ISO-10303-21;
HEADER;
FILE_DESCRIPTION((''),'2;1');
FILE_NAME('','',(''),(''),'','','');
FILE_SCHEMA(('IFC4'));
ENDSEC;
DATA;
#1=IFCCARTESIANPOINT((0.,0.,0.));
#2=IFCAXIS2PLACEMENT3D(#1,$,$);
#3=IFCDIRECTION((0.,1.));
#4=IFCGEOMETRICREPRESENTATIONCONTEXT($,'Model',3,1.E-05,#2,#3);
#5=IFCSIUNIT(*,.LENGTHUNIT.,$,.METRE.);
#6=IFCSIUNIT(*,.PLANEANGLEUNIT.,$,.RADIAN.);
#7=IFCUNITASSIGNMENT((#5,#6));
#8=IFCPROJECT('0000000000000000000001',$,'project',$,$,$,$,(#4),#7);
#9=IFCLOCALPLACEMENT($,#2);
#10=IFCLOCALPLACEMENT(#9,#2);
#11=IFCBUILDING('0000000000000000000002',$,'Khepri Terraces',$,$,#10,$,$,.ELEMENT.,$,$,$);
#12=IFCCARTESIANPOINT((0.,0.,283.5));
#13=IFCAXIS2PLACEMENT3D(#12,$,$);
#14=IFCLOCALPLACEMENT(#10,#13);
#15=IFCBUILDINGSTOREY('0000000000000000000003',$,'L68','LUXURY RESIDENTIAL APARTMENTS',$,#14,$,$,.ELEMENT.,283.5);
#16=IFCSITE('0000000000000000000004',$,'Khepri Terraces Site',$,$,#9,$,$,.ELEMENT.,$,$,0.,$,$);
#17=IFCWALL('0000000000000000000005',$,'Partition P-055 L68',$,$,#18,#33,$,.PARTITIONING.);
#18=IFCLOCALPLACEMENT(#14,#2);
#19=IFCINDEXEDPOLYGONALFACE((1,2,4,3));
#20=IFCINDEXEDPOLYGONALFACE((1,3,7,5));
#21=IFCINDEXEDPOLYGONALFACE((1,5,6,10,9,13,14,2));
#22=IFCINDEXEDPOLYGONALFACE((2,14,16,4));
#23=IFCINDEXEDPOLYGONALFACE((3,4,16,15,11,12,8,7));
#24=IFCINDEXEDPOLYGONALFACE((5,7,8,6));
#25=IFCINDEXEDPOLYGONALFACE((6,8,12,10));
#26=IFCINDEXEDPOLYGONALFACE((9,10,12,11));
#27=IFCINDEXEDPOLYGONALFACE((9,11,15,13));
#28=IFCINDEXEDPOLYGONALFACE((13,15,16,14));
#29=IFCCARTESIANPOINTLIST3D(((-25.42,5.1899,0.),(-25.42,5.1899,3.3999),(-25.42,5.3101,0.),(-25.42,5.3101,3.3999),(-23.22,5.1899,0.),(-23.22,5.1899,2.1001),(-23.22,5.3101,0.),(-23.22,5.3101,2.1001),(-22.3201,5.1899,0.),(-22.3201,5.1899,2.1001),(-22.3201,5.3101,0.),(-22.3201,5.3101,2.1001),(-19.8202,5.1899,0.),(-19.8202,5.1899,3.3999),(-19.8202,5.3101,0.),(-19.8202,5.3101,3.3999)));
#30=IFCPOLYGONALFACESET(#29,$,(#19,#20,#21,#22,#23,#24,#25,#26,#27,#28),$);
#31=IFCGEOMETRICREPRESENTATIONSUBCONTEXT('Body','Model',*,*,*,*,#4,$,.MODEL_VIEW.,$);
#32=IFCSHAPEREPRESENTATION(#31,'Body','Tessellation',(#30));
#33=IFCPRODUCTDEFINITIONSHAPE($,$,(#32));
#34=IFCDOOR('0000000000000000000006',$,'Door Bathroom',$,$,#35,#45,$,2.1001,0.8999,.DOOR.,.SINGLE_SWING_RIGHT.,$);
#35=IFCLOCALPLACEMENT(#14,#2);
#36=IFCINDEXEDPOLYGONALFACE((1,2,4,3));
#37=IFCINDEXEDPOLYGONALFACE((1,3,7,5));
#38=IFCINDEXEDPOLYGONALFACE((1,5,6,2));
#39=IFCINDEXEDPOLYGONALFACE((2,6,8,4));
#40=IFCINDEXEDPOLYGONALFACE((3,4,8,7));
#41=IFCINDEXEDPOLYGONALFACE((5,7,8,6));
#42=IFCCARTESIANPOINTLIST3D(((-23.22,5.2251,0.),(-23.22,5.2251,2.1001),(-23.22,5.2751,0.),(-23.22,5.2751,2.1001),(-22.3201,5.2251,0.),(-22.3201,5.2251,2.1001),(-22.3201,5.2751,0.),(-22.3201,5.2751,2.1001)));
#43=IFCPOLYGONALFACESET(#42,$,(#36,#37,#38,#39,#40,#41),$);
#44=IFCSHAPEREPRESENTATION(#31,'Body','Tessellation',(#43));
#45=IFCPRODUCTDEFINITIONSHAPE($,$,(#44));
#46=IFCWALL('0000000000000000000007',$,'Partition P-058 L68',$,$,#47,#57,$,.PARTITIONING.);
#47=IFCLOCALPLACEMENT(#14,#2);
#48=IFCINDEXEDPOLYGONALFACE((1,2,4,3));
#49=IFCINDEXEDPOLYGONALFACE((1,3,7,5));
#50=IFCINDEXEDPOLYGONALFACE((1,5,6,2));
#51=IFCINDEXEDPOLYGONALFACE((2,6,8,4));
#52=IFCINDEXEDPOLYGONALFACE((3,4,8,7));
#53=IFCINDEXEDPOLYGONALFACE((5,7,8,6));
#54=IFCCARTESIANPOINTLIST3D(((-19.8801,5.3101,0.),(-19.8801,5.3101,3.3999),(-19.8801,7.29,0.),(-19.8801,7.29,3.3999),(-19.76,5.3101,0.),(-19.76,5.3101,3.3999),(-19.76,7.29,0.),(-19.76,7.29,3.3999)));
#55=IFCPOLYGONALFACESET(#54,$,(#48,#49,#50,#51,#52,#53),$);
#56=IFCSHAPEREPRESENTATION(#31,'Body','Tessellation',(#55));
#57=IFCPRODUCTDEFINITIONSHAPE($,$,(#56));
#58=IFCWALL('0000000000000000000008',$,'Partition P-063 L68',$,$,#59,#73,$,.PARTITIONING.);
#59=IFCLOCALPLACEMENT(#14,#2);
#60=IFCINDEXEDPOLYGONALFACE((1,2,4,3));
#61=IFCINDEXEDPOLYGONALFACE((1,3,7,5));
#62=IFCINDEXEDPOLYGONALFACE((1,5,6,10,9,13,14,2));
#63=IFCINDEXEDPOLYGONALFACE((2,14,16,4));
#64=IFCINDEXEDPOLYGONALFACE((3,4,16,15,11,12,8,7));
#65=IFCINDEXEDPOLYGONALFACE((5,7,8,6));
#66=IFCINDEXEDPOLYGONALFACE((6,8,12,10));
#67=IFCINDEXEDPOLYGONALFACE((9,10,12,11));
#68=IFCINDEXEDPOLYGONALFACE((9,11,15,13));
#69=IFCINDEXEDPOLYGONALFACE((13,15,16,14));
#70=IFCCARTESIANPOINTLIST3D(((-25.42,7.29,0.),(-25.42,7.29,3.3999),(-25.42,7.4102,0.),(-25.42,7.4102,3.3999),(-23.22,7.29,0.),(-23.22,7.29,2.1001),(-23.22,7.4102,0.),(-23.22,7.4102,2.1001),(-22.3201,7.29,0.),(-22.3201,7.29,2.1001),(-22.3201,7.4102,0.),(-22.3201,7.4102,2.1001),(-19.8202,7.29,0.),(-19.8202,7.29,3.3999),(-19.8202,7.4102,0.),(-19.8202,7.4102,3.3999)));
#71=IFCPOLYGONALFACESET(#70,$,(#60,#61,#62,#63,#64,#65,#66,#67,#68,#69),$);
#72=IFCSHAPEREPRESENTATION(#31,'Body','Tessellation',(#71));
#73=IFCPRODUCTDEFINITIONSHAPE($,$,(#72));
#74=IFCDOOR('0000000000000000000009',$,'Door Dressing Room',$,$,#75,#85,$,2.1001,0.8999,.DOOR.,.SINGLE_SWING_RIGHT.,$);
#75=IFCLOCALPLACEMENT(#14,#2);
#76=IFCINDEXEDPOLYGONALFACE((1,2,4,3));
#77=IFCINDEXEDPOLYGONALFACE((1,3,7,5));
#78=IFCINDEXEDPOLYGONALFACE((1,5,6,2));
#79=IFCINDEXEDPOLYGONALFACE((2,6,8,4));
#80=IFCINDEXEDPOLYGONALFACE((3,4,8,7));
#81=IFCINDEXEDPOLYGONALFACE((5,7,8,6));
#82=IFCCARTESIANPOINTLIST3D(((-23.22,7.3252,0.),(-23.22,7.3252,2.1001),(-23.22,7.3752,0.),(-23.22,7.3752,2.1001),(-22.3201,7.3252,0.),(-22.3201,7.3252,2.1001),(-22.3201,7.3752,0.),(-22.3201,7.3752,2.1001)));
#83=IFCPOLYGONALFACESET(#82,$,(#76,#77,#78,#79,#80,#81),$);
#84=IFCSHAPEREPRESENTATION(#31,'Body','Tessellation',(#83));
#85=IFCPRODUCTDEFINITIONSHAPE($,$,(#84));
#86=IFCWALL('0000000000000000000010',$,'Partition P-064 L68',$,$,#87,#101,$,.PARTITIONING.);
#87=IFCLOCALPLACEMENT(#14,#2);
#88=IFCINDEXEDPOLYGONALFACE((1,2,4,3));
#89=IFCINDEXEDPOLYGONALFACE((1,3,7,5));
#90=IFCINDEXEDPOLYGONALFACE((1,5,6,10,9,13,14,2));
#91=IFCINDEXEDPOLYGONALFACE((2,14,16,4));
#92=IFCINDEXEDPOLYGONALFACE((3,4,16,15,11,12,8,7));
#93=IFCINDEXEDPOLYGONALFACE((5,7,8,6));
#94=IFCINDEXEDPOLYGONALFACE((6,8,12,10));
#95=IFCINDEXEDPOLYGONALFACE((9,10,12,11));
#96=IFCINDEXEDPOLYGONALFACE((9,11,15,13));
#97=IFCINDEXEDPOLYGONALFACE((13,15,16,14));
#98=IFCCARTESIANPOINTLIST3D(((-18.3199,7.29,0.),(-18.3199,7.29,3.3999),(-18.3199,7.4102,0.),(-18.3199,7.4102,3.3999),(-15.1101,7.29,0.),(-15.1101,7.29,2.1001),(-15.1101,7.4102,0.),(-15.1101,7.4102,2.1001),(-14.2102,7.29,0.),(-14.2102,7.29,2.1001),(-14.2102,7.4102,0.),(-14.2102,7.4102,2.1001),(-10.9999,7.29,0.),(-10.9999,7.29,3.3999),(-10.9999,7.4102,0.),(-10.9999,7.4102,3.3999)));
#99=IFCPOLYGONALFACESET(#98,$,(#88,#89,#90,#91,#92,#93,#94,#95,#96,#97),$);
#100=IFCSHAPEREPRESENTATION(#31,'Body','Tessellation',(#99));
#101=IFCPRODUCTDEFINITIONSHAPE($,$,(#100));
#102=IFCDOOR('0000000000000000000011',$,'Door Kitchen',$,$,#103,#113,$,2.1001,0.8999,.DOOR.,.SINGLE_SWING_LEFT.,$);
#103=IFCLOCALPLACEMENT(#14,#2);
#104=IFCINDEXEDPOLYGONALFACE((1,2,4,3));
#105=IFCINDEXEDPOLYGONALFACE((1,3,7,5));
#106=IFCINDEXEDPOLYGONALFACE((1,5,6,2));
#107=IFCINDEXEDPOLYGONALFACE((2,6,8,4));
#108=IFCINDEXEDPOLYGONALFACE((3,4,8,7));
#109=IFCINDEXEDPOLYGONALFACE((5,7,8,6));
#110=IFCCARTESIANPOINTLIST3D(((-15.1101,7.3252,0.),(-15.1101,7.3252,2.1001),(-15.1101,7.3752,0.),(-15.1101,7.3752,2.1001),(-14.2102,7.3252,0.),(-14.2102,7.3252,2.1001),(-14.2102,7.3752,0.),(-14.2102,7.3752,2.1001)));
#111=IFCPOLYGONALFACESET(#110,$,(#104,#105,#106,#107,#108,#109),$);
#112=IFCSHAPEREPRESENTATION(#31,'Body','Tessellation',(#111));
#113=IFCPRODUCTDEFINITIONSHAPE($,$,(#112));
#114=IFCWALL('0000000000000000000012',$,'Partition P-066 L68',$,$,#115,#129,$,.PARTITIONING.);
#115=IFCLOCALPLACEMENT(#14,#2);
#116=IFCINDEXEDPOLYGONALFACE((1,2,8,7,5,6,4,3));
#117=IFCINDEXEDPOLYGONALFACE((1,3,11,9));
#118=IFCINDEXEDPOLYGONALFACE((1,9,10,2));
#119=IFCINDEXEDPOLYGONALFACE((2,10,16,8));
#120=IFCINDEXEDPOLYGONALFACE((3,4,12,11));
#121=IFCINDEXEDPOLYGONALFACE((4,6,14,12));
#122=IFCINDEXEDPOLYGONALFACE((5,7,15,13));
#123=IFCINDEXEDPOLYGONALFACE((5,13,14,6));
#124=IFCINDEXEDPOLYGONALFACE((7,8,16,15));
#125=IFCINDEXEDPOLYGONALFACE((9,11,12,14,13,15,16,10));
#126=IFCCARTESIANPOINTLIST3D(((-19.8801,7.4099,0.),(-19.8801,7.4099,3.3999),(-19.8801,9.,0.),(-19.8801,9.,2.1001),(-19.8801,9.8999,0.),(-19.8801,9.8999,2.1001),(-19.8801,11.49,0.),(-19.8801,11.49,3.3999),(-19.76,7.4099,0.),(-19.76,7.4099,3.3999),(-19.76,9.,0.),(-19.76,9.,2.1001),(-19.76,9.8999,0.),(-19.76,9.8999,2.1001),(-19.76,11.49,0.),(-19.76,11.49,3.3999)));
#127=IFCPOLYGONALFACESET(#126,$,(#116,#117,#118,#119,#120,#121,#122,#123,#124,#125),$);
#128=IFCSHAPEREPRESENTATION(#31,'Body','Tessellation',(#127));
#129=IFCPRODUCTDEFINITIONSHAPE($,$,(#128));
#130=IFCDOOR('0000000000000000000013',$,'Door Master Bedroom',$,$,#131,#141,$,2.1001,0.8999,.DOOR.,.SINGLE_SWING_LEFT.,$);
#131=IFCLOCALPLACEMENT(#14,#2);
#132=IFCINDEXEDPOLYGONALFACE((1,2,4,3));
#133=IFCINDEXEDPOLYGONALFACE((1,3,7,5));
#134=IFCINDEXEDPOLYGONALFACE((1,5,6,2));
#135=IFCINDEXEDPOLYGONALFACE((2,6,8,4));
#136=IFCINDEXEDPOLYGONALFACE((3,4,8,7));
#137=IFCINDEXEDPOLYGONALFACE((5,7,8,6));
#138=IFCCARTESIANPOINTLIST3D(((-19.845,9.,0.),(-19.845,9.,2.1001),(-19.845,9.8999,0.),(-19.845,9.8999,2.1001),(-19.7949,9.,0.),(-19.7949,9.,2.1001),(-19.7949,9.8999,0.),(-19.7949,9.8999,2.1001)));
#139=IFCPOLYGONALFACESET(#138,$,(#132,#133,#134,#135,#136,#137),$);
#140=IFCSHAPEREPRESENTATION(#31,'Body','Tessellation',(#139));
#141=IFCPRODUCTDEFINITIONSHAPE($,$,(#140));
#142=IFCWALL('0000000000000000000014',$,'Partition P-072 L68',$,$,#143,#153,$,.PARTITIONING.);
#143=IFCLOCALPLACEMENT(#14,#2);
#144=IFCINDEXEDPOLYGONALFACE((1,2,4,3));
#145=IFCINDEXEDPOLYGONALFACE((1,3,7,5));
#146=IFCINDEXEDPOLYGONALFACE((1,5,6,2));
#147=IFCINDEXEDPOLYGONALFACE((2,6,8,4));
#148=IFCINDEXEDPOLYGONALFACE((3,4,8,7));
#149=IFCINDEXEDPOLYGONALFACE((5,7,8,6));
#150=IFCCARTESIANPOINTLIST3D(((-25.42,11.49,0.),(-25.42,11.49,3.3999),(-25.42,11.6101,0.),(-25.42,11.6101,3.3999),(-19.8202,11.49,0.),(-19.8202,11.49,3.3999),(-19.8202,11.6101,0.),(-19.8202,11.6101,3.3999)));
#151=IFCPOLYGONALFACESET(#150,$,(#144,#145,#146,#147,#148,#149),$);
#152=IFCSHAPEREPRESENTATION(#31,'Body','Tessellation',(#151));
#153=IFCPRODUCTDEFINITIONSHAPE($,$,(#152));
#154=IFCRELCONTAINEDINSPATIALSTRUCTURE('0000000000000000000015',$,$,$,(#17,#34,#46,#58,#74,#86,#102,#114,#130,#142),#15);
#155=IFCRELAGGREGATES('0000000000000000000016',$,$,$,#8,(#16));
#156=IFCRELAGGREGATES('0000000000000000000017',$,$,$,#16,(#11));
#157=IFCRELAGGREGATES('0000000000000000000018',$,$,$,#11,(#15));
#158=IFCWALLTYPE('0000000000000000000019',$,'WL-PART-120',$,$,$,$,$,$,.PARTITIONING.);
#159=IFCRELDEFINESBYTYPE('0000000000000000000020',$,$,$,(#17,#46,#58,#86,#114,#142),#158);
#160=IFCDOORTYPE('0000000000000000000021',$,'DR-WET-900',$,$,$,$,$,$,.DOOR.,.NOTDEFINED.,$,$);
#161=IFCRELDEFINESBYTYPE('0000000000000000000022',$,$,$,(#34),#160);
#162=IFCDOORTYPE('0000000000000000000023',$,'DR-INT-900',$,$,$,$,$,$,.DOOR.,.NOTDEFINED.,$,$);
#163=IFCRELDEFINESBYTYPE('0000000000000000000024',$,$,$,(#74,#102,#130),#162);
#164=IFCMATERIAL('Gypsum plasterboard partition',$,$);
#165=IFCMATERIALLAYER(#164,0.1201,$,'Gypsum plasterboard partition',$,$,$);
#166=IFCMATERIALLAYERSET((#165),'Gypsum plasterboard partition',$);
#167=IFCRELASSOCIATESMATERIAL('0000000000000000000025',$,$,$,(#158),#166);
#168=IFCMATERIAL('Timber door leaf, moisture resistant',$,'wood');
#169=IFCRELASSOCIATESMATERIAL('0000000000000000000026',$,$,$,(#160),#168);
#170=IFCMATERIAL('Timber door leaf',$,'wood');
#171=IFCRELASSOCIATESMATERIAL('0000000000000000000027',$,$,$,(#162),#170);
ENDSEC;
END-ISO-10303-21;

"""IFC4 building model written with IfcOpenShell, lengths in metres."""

from ifc_helpers import new_model, si_unit, direction, frame, frame_2d, origin, place, context, subcontext, project, spatial, rectangle, extrude, material, layer, layer_set, type_object, element, fill, save


model = new_model("IFC4")

# Units and contexts
model_context = context("Model", 3, precision=1e-05, world=origin(), true_north=direction((0.0, 1.0)))
body_context = subcontext(model_context, "Body", "Model", "MODEL_VIEW")
ifc_project = project(units=[si_unit("LENGTHUNIT", "METRE"), si_unit("PLANEANGLEUNIT", "RADIAN")], contexts=[model_context])

# Site, building, storey
site_placement = place(None, origin())
site = spatial("IfcSite", under=ifc_project, at=site_placement, Name="Khepri Terraces Site", CompositionType="ELEMENT", RefElevation=0.0)
building_placement = place(site_placement, origin())
building = spatial("IfcBuilding", under=site, at=building_placement, Name="Khepri Terraces", CompositionType="ELEMENT")
storey_placement = place(building_placement, frame((0.0, 0.0, 283.5)))
storey = spatial("IfcBuildingStorey", under=building, at=storey_placement, Name="L68", Description="LUXURY RESIDENTIAL APARTMENTS", CompositionType="ELEMENT", Elevation=283.5)

# Shared definitions
ifc_material_1 = material(Name="Gypsum plasterboard partition")
ifc_layer_1 = layer(ifc_material_1, 0.1201, Name="Gypsum plasterboard partition")
ifc_layer_set_1 = layer_set([ifc_layer_1], Name="Gypsum plasterboard partition")
wall_type_1 = type_object("IfcWallType", Name="WL-PART-120", PredefinedType="PARTITIONING", material=ifc_layer_set_1)

# Wall, opening, door
wall_1_placement = place(storey_placement, frame((-25.4199, 5.25, 0.0), z_axis=(0.0, 0.0, 1.0), x_axis=(1.0, 0.0, 0.0)))
wall_1 = element("IfcWall", 1, at=wall_1_placement, inside=storey, type_object=wall_type_1, Name="Partition P-055 L68", PredefinedType="PARTITIONING", context=body_context, shape_type="SweptSolid", body=[
    extrude(rectangle(XDim=5.5999, YDim=0.1201, at=frame_2d((2.7998, 0.0))), origin(), (0.0, 0.0, 1.0), 3.3999),
])
opening_1_placement = place(wall_1_placement, frame((2.2, 0.0, 0.0)))
opening_1 = element("IfcOpeningElement", 2, at=opening_1_placement, cuts=wall_1, PredefinedType="OPENING", context=body_context, shape_type="SweptSolid", body=[
    extrude(rectangle(XDim=0.8999, YDim=2.1001, at=frame_2d((0.45, 1.05))), frame((0.0, 0.0701, 0.0), z_axis=(0.0, -1.0, 0.0), x_axis=(1.0, 0.0, 0.0)), (0.0, 0.0, 1.0), 0.1401),
])
ifc_material_2 = material(Name="Timber door leaf, moisture resistant", Category="wood")
door_type_1 = type_object("IfcDoorType", Name="DR-WET-900", OperationType="NOTDEFINED", PredefinedType="DOOR", material=ifc_material_2)
door_1_placement = place(opening_1_placement, frame((0.8999, 0.0, 0.0), z_axis=(0.0, 0.0, 1.0), x_axis=(-1.0, 0.0, 0.0)))
door_1 = element("IfcDoor", 3, at=door_1_placement, inside=storey, type_object=door_type_1, Name="Door Bathroom", OperationType="SINGLE_SWING_RIGHT", OverallHeight=2.1001, OverallWidth=0.8999, PredefinedType="DOOR", context=body_context, shape_type="SweptSolid", body=[
    extrude(rectangle(XDim=0.8999, YDim=2.1001, at=frame_2d((0.45, 1.05))), frame((0.0, 0.0249, 0.0), z_axis=(0.0, -1.0, 0.0), x_axis=(1.0, 0.0, 0.0)), (0.0, 0.0, 1.0), 0.05),
])
fill(opening_1, door_1)

# Wall
wall_2_placement = place(storey_placement, frame((-19.8201, 5.3101, 0.0), z_axis=(0.0, 0.0, 1.0), x_axis=(0.0, 1.0, 0.0)))
element("IfcWall", 4, at=wall_2_placement, inside=storey, type_object=wall_type_1, Name="Partition P-058 L68", PredefinedType="PARTITIONING", context=body_context, shape_type="SweptSolid", body=[
    extrude(rectangle(XDim=1.98, YDim=0.1201, at=frame_2d((0.99, 0.0))), origin(), (0.0, 0.0, 1.0), 3.3999),
])

# Walls, openings, doors
wall_3_placement = place(storey_placement, frame((-25.4199, 7.3501, 0.0), z_axis=(0.0, 0.0, 1.0), x_axis=(1.0, 0.0, 0.0)))
wall_3 = element("IfcWall", 5, at=wall_3_placement, inside=storey, type_object=wall_type_1, Name="Partition P-063 L68", PredefinedType="PARTITIONING", context=body_context, shape_type="SweptSolid", body=[
    extrude(rectangle(XDim=5.5999, YDim=0.1201, at=frame_2d((2.7998, 0.0))), origin(), (0.0, 0.0, 1.0), 3.3999),
])
opening_2_placement = place(wall_3_placement, frame((2.2, 0.0, 0.0)))
opening_2 = element("IfcOpeningElement", 6, at=opening_2_placement, cuts=wall_3, PredefinedType="OPENING", context=body_context, shape_type="SweptSolid", body=[
    extrude(rectangle(XDim=0.8999, YDim=2.1001, at=frame_2d((0.45, 1.05))), frame((0.0, 0.0701, 0.0), z_axis=(0.0, -1.0, 0.0), x_axis=(1.0, 0.0, 0.0)), (0.0, 0.0, 1.0), 0.1401),
])
ifc_material_3 = material(Name="Timber door leaf", Category="wood")
door_type_2 = type_object("IfcDoorType", Name="DR-INT-900", OperationType="NOTDEFINED", PredefinedType="DOOR", material=ifc_material_3)
door_2_placement = place(opening_2_placement, frame((0.8999, 0.0, 0.0), z_axis=(0.0, 0.0, 1.0), x_axis=(-1.0, 0.0, 0.0)))
door_2 = element("IfcDoor", 7, at=door_2_placement, inside=storey, type_object=door_type_2, Name="Door Dressing Room", OperationType="SINGLE_SWING_RIGHT", OverallHeight=2.1001, OverallWidth=0.8999, PredefinedType="DOOR", context=body_context, shape_type="SweptSolid", body=[
    extrude(rectangle(XDim=0.8999, YDim=2.1001, at=frame_2d((0.45, 1.05))), frame((0.0, 0.0249, 0.0), z_axis=(0.0, -1.0, 0.0), x_axis=(1.0, 0.0, 0.0)), (0.0, 0.0, 1.0), 0.05),
])
fill(opening_2, door_2)
wall_4_placement = place(storey_placement, frame((-18.3201, 7.3501, 0.0), z_axis=(0.0, 0.0, 1.0), x_axis=(1.0, 0.0, 0.0)))
wall_4 = element("IfcWall", 8, at=wall_4_placement, inside=storey, type_object=wall_type_1, Name="Partition P-064 L68", PredefinedType="PARTITIONING", context=body_context, shape_type="SweptSolid", body=[
    extrude(rectangle(XDim=7.3201, YDim=0.1201, at=frame_2d((3.6602, 0.0))), origin(), (0.0, 0.0, 1.0), 3.3999),
])
opening_3_placement = place(wall_4_placement, frame((3.21, 0.0, 0.0)))
opening_3 = element("IfcOpeningElement", 9, at=opening_3_placement, cuts=wall_4, PredefinedType="OPENING", context=body_context, shape_type="SweptSolid", body=[
    extrude(rectangle(XDim=0.8999, YDim=2.1001, at=frame_2d((0.45, 1.05))), frame((0.0, 0.0701, 0.0), z_axis=(0.0, -1.0, 0.0), x_axis=(1.0, 0.0, 0.0)), (0.0, 0.0, 1.0), 0.1401),
])
door_3_placement = place(opening_3_placement, frame((0.8999, 0.0, 0.0), z_axis=(0.0, 0.0, 1.0), x_axis=(-1.0, 0.0, 0.0)))
door_3 = element("IfcDoor", 10, at=door_3_placement, inside=storey, type_object=door_type_2, Name="Door Kitchen", OperationType="SINGLE_SWING_LEFT", OverallHeight=2.1001, OverallWidth=0.8999, PredefinedType="DOOR", context=body_context, shape_type="SweptSolid", body=[
    extrude(rectangle(XDim=0.8999, YDim=2.1001, at=frame_2d((0.45, 1.05))), frame((0.0, 0.0249, 0.0), z_axis=(0.0, -1.0, 0.0), x_axis=(1.0, 0.0, 0.0)), (0.0, 0.0, 1.0), 0.05),
])
fill(opening_3, door_3)
wall_5_placement = place(storey_placement, frame((-19.8201, 7.4099, 0.0), z_axis=(0.0, 0.0, 1.0), x_axis=(0.0, 1.0, 0.0)))
wall_5 = element("IfcWall", 11, at=wall_5_placement, inside=storey, type_object=wall_type_1, Name="Partition P-066 L68", PredefinedType="PARTITIONING", context=body_context, shape_type="SweptSolid", body=[
    extrude(rectangle(XDim=4.0801, YDim=0.1201, at=frame_2d((2.04, 0.0))), origin(), (0.0, 0.0, 1.0), 3.3999),
])
opening_4_placement = place(wall_5_placement, frame((1.5901, 0.0, 0.0)))
opening_4 = element("IfcOpeningElement", 12, at=opening_4_placement, cuts=wall_5, PredefinedType="OPENING", context=body_context, shape_type="SweptSolid", body=[
    extrude(rectangle(XDim=0.8999, YDim=2.1001, at=frame_2d((0.45, 1.05))), frame((0.0, 0.0701, 0.0), z_axis=(0.0, -1.0, 0.0), x_axis=(1.0, 0.0, 0.0)), (0.0, 0.0, 1.0), 0.1401),
])
door_4_placement = place(opening_4_placement, origin())
door_4 = element("IfcDoor", 13, at=door_4_placement, inside=storey, type_object=door_type_2, Name="Door Master Bedroom", OperationType="SINGLE_SWING_LEFT", OverallHeight=2.1001, OverallWidth=0.8999, PredefinedType="DOOR", context=body_context, shape_type="SweptSolid", body=[
    extrude(rectangle(XDim=0.8999, YDim=2.1001, at=frame_2d((0.45, 1.05))), frame((0.0, 0.0249, 0.0), z_axis=(0.0, -1.0, 0.0), x_axis=(1.0, 0.0, 0.0)), (0.0, 0.0, 1.0), 0.05),
])
fill(opening_4, door_4)

# Wall
wall_6_placement = place(storey_placement, frame((-25.4199, 11.55, 0.0), z_axis=(0.0, 0.0, 1.0), x_axis=(1.0, 0.0, 0.0)))
element("IfcWall", 14, at=wall_6_placement, inside=storey, type_object=wall_type_1, Name="Partition P-072 L68", PredefinedType="PARTITIONING", context=body_context, shape_type="SweptSolid", body=[
    extrude(rectangle(XDim=5.5999, YDim=0.1201, at=frame_2d((2.7998, 0.0))), origin(), (0.0, 0.0, 1.0), 3.3999),
])

save(model, "model.ifc")
